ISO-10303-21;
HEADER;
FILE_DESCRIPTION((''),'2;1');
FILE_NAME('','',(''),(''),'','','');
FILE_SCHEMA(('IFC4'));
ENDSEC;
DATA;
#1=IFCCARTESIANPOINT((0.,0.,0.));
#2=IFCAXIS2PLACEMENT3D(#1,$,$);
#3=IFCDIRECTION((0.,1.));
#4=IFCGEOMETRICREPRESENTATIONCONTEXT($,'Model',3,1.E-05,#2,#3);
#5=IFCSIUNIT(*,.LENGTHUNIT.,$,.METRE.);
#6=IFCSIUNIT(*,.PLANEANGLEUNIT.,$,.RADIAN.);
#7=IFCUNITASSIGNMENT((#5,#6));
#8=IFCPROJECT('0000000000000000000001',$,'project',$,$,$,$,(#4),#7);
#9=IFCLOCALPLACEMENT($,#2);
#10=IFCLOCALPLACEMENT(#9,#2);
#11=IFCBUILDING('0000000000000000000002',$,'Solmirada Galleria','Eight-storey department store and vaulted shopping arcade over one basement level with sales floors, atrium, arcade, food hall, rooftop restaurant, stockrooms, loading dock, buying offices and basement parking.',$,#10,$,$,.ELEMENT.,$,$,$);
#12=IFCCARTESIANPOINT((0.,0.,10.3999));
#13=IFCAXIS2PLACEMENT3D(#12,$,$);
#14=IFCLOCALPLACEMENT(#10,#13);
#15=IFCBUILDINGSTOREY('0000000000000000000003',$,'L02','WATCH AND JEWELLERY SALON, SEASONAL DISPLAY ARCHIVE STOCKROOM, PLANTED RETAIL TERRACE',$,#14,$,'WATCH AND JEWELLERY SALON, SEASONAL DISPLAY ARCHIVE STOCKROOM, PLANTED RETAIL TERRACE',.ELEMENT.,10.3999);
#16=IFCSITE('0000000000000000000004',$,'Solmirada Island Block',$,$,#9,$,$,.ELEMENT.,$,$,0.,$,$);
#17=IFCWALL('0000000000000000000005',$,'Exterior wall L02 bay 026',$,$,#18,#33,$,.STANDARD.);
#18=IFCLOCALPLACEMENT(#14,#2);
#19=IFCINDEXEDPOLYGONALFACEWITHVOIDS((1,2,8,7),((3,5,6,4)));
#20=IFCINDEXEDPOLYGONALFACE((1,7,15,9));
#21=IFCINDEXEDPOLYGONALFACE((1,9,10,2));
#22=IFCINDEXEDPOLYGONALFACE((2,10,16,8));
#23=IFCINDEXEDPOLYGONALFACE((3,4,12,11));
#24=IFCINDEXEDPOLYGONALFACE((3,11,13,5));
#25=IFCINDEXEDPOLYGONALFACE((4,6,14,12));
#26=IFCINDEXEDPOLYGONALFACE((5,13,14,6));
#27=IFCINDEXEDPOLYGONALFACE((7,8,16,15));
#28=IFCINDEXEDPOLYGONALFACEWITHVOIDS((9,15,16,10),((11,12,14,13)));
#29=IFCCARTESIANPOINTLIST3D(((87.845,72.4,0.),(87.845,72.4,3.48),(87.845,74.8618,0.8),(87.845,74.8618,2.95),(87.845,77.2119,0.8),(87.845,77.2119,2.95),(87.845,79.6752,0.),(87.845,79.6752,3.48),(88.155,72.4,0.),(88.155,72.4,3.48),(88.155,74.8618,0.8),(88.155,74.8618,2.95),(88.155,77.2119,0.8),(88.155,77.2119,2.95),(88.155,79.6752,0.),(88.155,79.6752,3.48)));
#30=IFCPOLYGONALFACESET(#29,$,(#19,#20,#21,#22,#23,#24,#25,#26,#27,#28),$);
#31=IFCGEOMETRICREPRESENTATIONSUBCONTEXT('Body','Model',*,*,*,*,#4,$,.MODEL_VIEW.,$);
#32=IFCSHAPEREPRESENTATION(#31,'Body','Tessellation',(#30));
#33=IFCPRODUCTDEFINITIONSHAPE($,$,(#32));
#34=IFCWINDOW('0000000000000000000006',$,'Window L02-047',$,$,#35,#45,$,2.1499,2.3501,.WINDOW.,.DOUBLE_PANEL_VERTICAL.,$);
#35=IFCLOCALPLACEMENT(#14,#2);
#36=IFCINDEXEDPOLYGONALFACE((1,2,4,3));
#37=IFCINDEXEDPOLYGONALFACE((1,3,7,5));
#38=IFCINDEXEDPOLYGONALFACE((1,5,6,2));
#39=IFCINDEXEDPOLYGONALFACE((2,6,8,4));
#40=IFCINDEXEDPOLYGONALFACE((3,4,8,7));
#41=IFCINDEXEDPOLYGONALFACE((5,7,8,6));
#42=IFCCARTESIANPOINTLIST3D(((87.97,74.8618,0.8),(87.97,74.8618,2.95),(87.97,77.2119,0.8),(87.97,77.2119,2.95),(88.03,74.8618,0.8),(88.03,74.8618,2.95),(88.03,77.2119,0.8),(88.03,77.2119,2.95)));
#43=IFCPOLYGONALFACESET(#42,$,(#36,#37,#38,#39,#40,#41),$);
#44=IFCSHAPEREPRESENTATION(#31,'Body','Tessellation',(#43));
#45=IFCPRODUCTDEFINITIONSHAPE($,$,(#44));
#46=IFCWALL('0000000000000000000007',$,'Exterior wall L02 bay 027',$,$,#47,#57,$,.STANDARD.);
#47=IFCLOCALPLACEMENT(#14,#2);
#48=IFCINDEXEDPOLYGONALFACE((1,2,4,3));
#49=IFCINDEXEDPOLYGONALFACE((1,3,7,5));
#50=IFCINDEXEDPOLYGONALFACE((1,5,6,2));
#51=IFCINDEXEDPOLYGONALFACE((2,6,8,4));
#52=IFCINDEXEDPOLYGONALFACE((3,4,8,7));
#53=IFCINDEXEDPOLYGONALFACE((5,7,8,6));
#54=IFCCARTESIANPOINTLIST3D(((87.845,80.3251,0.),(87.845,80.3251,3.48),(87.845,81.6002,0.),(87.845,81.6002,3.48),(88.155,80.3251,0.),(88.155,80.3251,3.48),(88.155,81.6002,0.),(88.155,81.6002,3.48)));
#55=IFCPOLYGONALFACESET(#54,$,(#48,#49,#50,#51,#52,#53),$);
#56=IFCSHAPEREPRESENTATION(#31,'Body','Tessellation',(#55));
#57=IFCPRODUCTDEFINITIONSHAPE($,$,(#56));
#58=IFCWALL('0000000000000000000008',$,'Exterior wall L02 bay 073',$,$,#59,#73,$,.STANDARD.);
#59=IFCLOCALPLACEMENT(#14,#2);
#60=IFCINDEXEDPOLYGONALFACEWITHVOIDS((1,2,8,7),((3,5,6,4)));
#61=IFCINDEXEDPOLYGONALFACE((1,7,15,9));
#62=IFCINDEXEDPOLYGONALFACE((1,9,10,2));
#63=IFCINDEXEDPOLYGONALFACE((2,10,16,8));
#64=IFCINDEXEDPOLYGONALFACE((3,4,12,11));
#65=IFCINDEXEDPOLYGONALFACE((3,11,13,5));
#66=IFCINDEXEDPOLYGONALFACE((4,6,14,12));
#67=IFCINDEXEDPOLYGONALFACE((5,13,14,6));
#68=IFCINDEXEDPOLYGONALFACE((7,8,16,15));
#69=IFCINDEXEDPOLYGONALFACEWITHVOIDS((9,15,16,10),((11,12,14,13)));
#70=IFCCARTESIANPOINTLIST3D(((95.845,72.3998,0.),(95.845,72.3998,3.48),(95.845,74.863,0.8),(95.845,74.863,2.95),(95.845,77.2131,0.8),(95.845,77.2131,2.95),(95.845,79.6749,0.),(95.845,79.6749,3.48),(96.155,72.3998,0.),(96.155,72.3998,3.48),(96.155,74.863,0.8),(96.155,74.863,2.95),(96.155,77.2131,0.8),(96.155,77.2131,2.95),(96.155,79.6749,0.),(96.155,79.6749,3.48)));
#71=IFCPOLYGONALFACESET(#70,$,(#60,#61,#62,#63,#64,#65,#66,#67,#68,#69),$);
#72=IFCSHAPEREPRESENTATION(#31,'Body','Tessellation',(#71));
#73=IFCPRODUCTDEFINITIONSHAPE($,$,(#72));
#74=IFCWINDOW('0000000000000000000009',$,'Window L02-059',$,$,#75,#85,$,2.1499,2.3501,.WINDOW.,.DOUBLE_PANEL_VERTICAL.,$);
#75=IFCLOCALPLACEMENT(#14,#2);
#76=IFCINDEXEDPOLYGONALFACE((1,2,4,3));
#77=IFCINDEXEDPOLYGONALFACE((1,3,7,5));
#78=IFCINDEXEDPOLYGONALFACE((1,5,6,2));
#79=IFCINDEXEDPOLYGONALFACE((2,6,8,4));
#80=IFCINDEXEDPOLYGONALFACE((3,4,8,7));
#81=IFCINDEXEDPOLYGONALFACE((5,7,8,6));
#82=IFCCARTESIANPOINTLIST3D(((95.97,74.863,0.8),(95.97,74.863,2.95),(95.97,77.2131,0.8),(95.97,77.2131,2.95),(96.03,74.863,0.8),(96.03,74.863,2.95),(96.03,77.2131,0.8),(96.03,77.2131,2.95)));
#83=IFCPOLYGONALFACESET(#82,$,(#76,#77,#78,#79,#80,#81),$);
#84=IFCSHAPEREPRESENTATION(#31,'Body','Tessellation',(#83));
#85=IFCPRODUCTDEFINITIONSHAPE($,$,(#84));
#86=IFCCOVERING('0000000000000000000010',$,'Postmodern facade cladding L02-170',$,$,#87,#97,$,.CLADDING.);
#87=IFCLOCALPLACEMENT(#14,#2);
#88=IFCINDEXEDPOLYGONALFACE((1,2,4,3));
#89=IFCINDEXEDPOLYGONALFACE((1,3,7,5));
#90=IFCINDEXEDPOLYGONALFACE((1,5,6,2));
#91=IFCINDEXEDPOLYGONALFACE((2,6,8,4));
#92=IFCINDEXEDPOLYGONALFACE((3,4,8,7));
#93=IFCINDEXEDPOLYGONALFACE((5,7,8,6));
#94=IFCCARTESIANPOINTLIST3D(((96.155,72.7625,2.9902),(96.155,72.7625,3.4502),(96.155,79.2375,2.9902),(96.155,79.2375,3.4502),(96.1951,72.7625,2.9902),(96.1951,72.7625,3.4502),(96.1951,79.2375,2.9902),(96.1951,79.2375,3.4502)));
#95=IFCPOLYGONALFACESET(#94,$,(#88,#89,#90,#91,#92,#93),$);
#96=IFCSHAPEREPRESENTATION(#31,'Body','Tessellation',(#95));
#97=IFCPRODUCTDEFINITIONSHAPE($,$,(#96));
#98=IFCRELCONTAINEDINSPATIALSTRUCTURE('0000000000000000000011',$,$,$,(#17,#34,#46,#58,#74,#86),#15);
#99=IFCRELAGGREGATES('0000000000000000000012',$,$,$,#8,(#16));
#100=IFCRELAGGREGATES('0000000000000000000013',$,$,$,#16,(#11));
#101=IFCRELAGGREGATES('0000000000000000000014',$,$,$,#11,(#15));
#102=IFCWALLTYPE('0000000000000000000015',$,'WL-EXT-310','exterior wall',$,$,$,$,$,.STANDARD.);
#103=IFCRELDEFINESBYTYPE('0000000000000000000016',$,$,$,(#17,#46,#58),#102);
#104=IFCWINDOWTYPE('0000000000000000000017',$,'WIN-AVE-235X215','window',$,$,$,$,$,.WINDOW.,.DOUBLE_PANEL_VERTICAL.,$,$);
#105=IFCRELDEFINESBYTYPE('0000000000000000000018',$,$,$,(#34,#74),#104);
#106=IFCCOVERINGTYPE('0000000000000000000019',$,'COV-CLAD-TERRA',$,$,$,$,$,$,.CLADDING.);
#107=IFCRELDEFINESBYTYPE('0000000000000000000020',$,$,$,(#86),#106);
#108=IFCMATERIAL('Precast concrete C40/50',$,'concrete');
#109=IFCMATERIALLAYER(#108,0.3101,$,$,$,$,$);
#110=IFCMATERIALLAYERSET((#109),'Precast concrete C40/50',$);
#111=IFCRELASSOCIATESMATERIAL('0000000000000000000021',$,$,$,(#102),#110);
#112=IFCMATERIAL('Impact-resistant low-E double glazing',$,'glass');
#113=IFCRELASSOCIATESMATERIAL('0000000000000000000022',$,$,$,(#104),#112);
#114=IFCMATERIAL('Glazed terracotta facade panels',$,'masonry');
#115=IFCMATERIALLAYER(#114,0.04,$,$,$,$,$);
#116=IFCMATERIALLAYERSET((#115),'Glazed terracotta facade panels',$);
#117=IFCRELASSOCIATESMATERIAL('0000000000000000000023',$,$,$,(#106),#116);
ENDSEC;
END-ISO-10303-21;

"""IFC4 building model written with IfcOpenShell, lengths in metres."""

from ifc_helpers import new_model, si_unit, direction, frame, frame_2d, origin, origin_2d, place, context, subcontext, project, spatial, rectangle, extrude, material, layer, layer_set, type_object, element, fill, save


model = new_model("IFC4")

# Units and contexts
model_context = context("Model", 3, precision=1e-05, world=origin(), true_north=direction((0.0, 1.0)))
body_context = subcontext(model_context, "Body", "Model", "MODEL_VIEW")
ifc_project = project(units=[si_unit("LENGTHUNIT", "METRE"), si_unit("PLANEANGLEUNIT", "RADIAN")], contexts=[model_context])

# Site, building, storey
site_placement = place(None, origin())
site = spatial("IfcSite", under=ifc_project, at=site_placement, Name="Solmirada Island Block", CompositionType="ELEMENT", RefElevation=0.0)
building_placement = place(site_placement, origin())
building = spatial("IfcBuilding", under=site, at=building_placement, Name="Solmirada Galleria", Description="Eight-storey department store and vaulted shopping arcade over one basement level with sales floors, atrium, arcade, food hall, rooftop restaurant, stockrooms, loading dock, buying offices and basement parking.", CompositionType="ELEMENT")
storey_placement = place(building_placement, frame((0.0, 0.0, 10.3999)))
storey = spatial("IfcBuildingStorey", under=building, at=storey_placement, Name="L02", Description="WATCH AND JEWELLERY SALON, SEASONAL DISPLAY ARCHIVE STOCKROOM, PLANTED RETAIL TERRACE", LongName="WATCH AND JEWELLERY SALON, SEASONAL DISPLAY ARCHIVE STOCKROOM, PLANTED RETAIL TERRACE", CompositionType="ELEMENT", Elevation=10.3999)

# Shared definitions
ifc_material_1 = material(Name="Impact-resistant low-E double glazing", Category="glass")

# Wall, opening, window
ifc_material_2 = material(Name="Precast concrete C40/50", Category="concrete")
ifc_layer_1 = layer(ifc_material_2, 0.3101)
ifc_layer_set_1 = layer_set([ifc_layer_1], Name="Precast concrete C40/50")
wall_type = type_object("IfcWallType", Name="WL-EXT-310", Description="exterior wall", PredefinedType="STANDARD", material=ifc_layer_set_1)
wall_1_placement = place(storey_placement, frame((88.0, 72.3999, 0.0), z_axis=(0.0, 0.0, 1.0), x_axis=(0.0, 1.0, 0.0)))
wall_1 = element("IfcWall", 1, at=wall_1_placement, inside=storey, type_object=wall_type, Name="Exterior wall L02 bay 026", PredefinedType="STANDARD", context=body_context, shape_type="SweptSolid", body=[
    extrude(rectangle(XDim=7.2751, YDim=0.3101, at=frame_2d((3.6377, 0.0))), origin(), (0.0, 0.0, 1.0), 3.48),
])
opening_1_placement = place(wall_1_placement, frame((2.4619, 0.0, 0.8)))
opening_1 = element("IfcOpeningElement", 2, at=opening_1_placement, cuts=wall_1, PredefinedType="OPENING", context=body_context, shape_type="SweptSolid", body=[
    extrude(rectangle(XDim=2.3501, YDim=2.1499, at=frame_2d((1.175, 1.075))), frame((0.0, 0.165, 0.0), z_axis=(0.0, -1.0, 0.0), x_axis=(1.0, 0.0, 0.0)), (0.0, 0.0, 1.0), 0.3301),
])
window_type = type_object("IfcWindowType", Name="WIN-AVE-235X215", Description="window", PartitioningType="DOUBLE_PANEL_VERTICAL", PredefinedType="WINDOW", material=ifc_material_1)
window_1_placement = place(opening_1_placement, origin())
window_1 = element("IfcWindow", 3, at=window_1_placement, inside=storey, type_object=window_type, Name="Window L02-047", OverallHeight=2.1499, OverallWidth=2.3501, PartitioningType="DOUBLE_PANEL_VERTICAL", PredefinedType="WINDOW", context=body_context, shape_type="SweptSolid", body=[
    extrude(rectangle(XDim=2.3501, YDim=2.1499, at=frame_2d((1.175, 1.075))), frame((0.0, 0.03, 0.0), z_axis=(0.0, -1.0, 0.0), x_axis=(1.0, 0.0, 0.0)), (0.0, 0.0, 1.0), 0.0601),
])
fill(opening_1, window_1)

# Wall
wall_2_placement = place(storey_placement, frame((88.0, 80.325, 0.0), z_axis=(0.0, 0.0, 1.0), x_axis=(0.0, 1.0, 0.0)))
element("IfcWall", 4, at=wall_2_placement, inside=storey, type_object=wall_type, Name="Exterior wall L02 bay 027", PredefinedType="STANDARD", context=body_context, shape_type="SweptSolid", body=[
    extrude(rectangle(XDim=1.2751, YDim=0.3101, at=frame_2d((0.6377, 0.0))), origin(), (0.0, 0.0, 1.0), 3.48),
])

# Wall, opening, window
wall_3_placement = place(storey_placement, frame((96.0, 79.675, 0.0), z_axis=(0.0, 0.0, 1.0), x_axis=(0.0, -1.0, 0.0)))
wall_3 = element("IfcWall", 5, at=wall_3_placement, inside=storey, type_object=wall_type, Name="Exterior wall L02 bay 073", PredefinedType="STANDARD", context=body_context, shape_type="SweptSolid", body=[
    extrude(rectangle(XDim=7.2751, YDim=0.3101, at=frame_2d((3.6377, 0.0))), origin(), (0.0, 0.0, 1.0), 3.48),
])
opening_2_placement = place(wall_3_placement, frame((2.4619, 0.0, 0.8)))
opening_2 = element("IfcOpeningElement", 6, at=opening_2_placement, cuts=wall_3, PredefinedType="OPENING", context=body_context, shape_type="SweptSolid", body=[
    extrude(rectangle(XDim=2.3501, YDim=2.1499, at=frame_2d((1.175, 1.075))), frame((0.0, 0.165, 0.0), z_axis=(0.0, -1.0, 0.0), x_axis=(1.0, 0.0, 0.0)), (0.0, 0.0, 1.0), 0.3301),
])
window_2_placement = place(opening_2_placement, origin())
window_2 = element("IfcWindow", 7, at=window_2_placement, inside=storey, type_object=window_type, Name="Window L02-059", OverallHeight=2.1499, OverallWidth=2.3501, PartitioningType="DOUBLE_PANEL_VERTICAL", PredefinedType="WINDOW", context=body_context, shape_type="SweptSolid", body=[
    extrude(rectangle(XDim=2.3501, YDim=2.1499, at=frame_2d((1.175, 1.075))), frame((0.0, 0.03, 0.0), z_axis=(0.0, -1.0, 0.0), x_axis=(1.0, 0.0, 0.0)), (0.0, 0.0, 1.0), 0.0601),
])
fill(opening_2, window_2)

# Covering
ifc_material_3 = material(Name="Glazed terracotta facade panels", Category="masonry")
ifc_layer_2 = layer(ifc_material_3, 0.04)
ifc_layer_set_2 = layer_set([ifc_layer_2], Name="Glazed terracotta facade panels")
covering_type = type_object("IfcCoveringType", Name="COV-CLAD-TERRA", PredefinedType="CLADDING", material=ifc_layer_set_2)
covering_placement = place(storey_placement, frame((96.175, 76.0, 2.9902), z_axis=(0.0, 0.0, 1.0), x_axis=(0.0, -1.0, 0.0)))
element("IfcCovering", 8, at=covering_placement, inside=storey, type_object=covering_type, Name="Postmodern facade cladding L02-170", PredefinedType="CLADDING", context=body_context, shape_type="SweptSolid", body=[
    extrude(rectangle(XDim=6.4751, YDim=0.04, at=origin_2d()), origin(), (0.0, 0.0, 1.0), 0.46),
])

save(model, "model.ifc")
